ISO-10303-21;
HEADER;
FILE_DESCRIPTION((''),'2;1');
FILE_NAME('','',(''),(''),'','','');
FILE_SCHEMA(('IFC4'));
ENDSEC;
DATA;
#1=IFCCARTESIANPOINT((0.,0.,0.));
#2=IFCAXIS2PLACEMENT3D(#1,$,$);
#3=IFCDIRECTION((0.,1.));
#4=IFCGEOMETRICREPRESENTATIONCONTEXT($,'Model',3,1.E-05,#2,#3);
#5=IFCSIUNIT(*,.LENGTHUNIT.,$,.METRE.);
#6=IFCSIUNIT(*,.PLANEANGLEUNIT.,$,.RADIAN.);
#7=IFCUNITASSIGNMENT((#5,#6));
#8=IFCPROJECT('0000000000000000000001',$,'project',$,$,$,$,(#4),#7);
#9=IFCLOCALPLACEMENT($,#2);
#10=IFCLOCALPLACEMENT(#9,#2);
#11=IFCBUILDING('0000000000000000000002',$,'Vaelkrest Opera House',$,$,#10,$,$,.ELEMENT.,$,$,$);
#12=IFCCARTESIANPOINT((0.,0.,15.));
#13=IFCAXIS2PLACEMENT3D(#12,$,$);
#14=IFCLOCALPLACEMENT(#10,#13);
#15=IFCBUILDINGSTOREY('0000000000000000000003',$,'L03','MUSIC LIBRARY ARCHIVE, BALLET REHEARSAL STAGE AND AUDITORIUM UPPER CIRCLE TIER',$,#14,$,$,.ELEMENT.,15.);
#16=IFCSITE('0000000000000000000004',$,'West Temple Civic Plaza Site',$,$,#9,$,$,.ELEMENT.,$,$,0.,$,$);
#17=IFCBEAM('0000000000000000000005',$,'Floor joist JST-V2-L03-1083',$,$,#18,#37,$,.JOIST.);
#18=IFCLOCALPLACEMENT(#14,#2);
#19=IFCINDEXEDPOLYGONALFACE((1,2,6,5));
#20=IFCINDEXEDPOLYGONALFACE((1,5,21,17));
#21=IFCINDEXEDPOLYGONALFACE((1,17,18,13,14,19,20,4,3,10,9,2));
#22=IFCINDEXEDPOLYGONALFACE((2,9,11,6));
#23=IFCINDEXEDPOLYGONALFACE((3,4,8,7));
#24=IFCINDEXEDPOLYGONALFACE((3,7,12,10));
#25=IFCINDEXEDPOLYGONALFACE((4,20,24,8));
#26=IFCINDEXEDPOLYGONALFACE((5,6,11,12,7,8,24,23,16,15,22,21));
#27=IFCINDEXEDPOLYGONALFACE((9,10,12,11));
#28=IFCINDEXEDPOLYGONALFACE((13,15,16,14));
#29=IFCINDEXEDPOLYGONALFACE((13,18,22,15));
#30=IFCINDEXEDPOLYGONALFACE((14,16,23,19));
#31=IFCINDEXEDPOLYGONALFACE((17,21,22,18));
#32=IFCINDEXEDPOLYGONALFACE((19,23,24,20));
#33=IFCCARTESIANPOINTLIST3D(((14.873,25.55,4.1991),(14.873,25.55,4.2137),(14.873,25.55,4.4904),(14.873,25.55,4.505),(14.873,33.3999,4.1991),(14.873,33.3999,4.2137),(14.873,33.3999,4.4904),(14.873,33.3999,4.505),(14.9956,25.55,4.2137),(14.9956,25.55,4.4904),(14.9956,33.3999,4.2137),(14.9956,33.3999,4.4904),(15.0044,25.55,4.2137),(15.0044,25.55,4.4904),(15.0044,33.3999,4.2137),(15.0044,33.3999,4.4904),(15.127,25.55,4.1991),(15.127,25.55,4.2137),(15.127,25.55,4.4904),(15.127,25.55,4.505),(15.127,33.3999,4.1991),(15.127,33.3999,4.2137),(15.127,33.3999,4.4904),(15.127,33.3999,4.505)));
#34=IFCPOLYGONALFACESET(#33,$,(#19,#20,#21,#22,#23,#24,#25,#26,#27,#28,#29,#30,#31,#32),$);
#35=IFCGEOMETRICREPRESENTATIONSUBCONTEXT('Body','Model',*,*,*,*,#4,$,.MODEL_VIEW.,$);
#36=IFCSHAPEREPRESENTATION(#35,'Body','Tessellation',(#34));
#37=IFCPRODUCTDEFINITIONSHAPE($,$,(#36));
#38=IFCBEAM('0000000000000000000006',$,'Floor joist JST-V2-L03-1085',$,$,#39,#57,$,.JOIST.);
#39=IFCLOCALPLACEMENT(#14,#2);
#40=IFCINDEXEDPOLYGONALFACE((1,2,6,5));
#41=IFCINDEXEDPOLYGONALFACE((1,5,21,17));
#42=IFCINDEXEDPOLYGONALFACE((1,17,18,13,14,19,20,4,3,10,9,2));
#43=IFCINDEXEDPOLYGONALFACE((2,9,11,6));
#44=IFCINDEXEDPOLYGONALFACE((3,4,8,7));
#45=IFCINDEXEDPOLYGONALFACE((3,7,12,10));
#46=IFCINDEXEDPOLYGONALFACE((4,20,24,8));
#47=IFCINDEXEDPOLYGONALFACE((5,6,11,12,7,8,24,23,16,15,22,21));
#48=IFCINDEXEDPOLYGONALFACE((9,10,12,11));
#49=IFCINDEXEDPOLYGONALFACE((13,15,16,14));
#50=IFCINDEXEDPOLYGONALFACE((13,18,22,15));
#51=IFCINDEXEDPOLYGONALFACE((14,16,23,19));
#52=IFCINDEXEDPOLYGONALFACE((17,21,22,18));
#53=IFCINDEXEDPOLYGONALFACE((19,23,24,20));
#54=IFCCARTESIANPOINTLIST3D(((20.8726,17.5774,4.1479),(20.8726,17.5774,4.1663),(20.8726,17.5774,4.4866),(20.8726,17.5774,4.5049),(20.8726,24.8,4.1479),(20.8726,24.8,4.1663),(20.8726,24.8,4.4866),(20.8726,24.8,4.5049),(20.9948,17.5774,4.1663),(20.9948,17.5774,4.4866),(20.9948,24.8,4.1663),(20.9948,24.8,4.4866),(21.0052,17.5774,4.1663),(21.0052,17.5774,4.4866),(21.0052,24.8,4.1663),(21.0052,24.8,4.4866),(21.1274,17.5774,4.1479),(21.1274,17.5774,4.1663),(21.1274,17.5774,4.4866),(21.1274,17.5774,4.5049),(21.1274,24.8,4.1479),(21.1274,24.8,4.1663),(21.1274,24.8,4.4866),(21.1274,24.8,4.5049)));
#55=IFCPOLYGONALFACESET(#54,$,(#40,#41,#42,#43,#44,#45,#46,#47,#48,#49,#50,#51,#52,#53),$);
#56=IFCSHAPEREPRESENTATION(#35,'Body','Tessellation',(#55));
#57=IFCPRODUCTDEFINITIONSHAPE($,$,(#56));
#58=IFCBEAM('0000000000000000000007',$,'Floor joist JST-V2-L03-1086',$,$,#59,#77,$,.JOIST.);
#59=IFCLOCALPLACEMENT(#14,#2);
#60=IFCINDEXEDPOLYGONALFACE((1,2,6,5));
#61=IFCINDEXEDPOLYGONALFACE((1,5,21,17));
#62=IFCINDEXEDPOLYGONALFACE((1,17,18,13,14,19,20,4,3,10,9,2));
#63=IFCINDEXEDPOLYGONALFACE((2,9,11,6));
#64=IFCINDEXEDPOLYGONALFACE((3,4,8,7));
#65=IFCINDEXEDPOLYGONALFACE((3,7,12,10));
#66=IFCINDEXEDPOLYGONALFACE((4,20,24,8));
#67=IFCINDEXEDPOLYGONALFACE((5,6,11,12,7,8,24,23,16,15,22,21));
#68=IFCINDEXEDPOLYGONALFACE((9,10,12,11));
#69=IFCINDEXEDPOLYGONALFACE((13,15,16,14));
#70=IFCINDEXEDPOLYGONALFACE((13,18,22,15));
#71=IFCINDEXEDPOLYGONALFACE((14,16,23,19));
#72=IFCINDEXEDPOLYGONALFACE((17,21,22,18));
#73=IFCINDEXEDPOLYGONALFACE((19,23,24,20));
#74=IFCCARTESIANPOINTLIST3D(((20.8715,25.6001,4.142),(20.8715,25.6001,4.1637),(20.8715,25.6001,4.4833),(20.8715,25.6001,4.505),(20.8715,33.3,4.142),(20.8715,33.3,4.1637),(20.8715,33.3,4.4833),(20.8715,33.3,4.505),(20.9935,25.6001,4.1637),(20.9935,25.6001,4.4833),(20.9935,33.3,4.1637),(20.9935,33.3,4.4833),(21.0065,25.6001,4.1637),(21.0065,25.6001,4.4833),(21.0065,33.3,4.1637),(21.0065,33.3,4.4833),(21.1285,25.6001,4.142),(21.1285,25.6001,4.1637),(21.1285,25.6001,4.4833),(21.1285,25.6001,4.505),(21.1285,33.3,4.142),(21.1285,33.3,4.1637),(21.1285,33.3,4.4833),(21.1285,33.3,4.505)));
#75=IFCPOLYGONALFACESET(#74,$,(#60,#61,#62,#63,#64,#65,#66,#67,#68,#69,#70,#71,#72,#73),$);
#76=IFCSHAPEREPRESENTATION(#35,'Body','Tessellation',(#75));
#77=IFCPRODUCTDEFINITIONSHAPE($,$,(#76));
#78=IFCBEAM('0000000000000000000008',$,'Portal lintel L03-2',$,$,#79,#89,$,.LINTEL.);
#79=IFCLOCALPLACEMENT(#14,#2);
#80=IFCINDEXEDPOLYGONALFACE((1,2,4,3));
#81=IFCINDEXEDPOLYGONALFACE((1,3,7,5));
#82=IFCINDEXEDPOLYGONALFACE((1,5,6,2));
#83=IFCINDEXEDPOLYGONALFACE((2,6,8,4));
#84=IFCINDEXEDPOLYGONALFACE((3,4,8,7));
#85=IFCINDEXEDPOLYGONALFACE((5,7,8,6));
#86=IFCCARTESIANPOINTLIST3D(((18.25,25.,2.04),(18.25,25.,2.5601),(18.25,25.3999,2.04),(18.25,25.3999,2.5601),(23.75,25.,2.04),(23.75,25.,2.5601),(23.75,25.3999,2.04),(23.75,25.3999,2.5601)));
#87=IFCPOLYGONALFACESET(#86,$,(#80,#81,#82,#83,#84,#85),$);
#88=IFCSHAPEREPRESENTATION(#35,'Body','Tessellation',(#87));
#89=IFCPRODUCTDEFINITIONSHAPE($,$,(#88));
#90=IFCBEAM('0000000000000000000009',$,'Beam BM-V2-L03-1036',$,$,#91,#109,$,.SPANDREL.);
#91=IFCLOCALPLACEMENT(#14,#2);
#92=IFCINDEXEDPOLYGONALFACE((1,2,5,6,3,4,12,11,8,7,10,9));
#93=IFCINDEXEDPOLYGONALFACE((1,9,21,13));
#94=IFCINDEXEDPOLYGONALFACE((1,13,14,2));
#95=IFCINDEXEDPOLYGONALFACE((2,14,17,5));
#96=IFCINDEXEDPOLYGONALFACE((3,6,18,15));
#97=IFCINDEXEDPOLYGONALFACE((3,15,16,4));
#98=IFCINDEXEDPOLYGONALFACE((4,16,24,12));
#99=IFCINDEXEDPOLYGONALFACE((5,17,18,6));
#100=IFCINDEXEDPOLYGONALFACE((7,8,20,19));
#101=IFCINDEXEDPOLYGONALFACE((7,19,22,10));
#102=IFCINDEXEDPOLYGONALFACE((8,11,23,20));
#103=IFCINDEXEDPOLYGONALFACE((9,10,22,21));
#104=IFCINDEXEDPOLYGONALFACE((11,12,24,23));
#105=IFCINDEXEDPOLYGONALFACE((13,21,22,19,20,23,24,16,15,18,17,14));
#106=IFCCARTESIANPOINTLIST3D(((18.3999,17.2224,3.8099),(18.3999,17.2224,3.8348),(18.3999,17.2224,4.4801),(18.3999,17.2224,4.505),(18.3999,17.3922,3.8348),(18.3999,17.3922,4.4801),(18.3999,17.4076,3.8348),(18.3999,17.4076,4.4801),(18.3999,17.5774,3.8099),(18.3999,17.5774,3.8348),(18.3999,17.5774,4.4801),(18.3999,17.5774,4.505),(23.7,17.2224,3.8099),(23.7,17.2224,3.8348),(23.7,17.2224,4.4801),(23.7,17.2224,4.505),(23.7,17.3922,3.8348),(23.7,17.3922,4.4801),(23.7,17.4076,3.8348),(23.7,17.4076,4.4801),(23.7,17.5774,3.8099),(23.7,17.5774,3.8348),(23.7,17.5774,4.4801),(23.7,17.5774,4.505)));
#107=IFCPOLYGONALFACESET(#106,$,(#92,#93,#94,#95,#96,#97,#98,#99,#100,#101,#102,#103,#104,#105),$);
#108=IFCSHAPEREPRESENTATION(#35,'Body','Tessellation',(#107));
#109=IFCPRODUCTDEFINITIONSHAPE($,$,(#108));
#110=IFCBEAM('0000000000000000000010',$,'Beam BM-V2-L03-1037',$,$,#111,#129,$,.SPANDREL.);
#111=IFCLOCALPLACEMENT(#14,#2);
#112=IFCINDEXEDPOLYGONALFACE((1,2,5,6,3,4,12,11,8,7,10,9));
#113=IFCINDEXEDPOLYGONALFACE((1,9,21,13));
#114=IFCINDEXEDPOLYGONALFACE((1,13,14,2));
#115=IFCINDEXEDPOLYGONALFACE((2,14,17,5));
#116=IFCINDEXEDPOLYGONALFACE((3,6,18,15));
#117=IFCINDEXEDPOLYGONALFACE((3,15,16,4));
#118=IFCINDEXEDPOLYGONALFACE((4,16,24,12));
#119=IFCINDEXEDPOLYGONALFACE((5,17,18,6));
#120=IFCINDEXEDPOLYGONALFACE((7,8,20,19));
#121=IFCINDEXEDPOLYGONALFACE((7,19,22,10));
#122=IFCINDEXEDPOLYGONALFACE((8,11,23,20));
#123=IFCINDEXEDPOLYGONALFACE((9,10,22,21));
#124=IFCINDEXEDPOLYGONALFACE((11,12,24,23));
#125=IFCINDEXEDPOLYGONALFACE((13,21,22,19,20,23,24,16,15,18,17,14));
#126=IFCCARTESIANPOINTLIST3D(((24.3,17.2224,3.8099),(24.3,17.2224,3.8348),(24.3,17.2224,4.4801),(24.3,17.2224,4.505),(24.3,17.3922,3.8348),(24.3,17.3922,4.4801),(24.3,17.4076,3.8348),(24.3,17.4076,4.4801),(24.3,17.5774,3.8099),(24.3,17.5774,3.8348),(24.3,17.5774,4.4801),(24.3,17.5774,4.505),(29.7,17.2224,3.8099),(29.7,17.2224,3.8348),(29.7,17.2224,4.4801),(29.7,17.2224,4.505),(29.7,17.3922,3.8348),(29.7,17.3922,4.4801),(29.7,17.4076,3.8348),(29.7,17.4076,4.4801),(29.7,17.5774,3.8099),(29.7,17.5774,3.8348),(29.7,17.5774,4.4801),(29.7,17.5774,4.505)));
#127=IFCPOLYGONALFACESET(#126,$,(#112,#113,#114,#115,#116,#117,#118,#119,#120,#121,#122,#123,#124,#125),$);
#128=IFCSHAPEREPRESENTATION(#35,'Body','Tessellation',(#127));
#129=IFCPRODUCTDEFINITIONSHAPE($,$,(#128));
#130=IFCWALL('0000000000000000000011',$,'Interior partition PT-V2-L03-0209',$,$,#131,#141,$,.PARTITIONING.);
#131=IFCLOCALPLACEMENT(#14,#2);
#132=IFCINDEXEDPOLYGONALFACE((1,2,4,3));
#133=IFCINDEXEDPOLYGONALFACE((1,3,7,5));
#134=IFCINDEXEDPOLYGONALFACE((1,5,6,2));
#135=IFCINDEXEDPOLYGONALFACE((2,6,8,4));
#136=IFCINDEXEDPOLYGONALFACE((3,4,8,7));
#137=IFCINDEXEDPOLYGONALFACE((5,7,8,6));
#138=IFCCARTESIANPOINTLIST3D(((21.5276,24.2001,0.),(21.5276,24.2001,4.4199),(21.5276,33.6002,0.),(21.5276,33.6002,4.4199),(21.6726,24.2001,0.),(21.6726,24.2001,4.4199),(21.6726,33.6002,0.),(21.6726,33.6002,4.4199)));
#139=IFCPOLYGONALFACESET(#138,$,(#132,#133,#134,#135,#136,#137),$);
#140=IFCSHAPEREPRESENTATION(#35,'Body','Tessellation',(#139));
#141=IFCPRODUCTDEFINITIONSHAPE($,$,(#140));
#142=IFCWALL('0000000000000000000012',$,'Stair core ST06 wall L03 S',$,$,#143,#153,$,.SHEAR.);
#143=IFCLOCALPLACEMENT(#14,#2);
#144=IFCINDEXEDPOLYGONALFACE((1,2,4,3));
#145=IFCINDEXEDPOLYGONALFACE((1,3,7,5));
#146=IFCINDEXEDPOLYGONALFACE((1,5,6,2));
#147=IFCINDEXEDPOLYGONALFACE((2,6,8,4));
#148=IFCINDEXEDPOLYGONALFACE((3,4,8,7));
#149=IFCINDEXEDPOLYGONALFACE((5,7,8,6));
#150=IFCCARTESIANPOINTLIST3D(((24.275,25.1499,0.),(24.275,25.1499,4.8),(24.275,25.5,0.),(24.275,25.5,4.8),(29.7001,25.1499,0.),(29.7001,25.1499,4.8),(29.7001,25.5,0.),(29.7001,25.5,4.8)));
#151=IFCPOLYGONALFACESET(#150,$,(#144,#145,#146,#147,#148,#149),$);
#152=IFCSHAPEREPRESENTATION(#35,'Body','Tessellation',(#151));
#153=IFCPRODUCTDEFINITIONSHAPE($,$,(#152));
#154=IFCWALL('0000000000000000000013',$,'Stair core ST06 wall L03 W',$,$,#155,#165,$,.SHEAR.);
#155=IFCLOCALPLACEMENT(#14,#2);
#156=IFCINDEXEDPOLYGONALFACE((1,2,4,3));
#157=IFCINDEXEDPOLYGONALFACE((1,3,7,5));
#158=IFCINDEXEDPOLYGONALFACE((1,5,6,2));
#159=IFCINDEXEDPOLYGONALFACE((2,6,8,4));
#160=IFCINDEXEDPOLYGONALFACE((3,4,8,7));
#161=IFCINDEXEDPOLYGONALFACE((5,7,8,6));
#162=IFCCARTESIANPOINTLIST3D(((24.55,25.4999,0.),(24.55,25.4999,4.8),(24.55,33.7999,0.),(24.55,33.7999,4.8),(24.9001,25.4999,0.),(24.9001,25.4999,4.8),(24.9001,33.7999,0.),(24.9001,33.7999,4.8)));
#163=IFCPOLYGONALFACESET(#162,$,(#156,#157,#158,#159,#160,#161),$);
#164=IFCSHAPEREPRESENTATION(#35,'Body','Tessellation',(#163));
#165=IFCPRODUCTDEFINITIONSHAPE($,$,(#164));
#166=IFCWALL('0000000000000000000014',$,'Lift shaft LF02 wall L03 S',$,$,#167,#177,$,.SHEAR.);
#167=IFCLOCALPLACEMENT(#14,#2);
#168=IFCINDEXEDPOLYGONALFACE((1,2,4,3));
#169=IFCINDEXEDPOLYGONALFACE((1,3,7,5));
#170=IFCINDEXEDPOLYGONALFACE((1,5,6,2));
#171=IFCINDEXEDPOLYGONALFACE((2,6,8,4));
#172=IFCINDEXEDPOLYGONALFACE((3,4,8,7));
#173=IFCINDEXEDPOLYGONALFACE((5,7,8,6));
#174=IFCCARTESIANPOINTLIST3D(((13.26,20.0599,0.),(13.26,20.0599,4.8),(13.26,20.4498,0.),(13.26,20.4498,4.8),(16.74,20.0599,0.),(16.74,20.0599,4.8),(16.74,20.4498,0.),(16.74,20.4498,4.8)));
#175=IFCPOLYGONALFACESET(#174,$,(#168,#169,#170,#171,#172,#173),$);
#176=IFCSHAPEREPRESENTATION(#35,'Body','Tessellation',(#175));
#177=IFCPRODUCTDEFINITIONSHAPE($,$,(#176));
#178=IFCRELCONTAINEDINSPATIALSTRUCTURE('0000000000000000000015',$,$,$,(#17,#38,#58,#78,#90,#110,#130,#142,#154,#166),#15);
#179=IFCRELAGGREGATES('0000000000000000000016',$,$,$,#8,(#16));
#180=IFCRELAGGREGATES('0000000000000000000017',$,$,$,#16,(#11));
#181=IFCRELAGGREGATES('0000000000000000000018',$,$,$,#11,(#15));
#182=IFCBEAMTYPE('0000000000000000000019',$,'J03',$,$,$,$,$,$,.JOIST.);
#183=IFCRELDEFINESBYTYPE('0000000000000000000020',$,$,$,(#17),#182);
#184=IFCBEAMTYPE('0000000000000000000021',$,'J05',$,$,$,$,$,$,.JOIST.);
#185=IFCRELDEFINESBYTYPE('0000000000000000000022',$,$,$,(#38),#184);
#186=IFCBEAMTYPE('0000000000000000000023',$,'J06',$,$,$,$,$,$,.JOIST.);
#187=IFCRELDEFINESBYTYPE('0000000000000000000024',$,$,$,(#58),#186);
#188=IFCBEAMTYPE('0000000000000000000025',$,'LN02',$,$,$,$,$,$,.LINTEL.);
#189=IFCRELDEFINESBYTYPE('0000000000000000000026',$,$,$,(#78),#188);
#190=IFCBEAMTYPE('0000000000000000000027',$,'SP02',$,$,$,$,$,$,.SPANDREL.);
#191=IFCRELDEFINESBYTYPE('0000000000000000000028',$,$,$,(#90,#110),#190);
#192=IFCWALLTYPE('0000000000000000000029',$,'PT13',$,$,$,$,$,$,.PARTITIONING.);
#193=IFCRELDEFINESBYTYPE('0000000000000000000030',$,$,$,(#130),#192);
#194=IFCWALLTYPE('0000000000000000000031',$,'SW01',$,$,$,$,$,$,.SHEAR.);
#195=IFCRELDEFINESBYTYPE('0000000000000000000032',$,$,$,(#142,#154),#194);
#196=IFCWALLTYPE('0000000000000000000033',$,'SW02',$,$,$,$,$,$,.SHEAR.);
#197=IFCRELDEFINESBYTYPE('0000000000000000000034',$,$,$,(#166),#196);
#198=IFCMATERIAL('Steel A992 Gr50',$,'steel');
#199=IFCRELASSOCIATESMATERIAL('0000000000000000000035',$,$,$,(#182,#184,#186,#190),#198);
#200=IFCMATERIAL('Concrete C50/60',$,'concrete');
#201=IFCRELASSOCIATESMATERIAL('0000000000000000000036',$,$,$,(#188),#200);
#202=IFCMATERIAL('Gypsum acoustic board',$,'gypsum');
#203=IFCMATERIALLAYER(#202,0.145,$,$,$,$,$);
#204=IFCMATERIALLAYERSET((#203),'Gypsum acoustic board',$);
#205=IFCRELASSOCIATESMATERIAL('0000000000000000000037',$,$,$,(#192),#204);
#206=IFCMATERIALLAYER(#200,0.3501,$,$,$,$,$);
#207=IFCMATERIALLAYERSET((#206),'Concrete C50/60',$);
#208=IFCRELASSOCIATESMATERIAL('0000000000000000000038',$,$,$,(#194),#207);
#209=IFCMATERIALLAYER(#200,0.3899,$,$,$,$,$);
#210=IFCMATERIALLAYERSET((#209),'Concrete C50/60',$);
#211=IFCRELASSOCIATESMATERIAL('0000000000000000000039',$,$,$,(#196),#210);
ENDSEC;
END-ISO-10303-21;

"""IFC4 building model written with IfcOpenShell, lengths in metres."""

from ifc_helpers import new_model, si_unit, direction, frame, frame_2d, origin, origin_2d, place, context, subcontext, project, spatial, rectangle, i_section, extrude, material, layer, layer_set, material_profile, profile_set, type_object, element, save


model = new_model("IFC4")

# Units and contexts
model_context = context("Model", 3, precision=1e-05, world=origin(), true_north=direction((0.0, 1.0)))
body_context = subcontext(model_context, "Body", "Model", "MODEL_VIEW")
ifc_project = project(units=[si_unit("LENGTHUNIT", "METRE"), si_unit("PLANEANGLEUNIT", "RADIAN")], contexts=[model_context])

# Site, building, storey
site_placement = place(None, origin())
site = spatial("IfcSite", under=ifc_project, at=site_placement, Name="West Temple Civic Plaza Site", CompositionType="ELEMENT", RefElevation=0.0)
building_placement = place(site_placement, origin())
building = spatial("IfcBuilding", under=site, at=building_placement, Name="Vaelkrest Opera House", CompositionType="ELEMENT")
storey_placement = place(building_placement, frame((0.0, 0.0, 15.0)))
storey = spatial("IfcBuildingStorey", under=building, at=storey_placement, Name="L03", Description="MUSIC LIBRARY ARCHIVE, BALLET REHEARSAL STAGE AND AUDITORIUM UPPER CIRCLE TIER", CompositionType="ELEMENT", Elevation=15.0)

# Shared definitions
ifc_material_1 = material(Name="Concrete C50/60", Category="concrete")

# Beams
ifc_material_2 = material(Name="Steel A992 Gr50", Category="steel")
ifc_material_profile_1 = material_profile(ifc_material_2, i_section(OverallWidth=0.2539, OverallDepth=0.3059, WebThickness=0.0088, FlangeThickness=0.0146, at=origin_2d()), Name="W12X53")
ifc_profile_set_1 = profile_set([ifc_material_profile_1], Name="Steel A992 Gr50")
beam_type_1 = type_object("IfcBeamType", Name="J03", PredefinedType="JOIST", material=ifc_profile_set_1)
beam_1_placement = place(storey_placement, frame((15.0, 25.55, 4.3521), z_axis=(0.0, 1.0, 0.0), x_axis=(-1.0, 0.0, 0.0)))
element("IfcBeam", 1, at=beam_1_placement, inside=storey, type_object=beam_type_1, Name="Floor joist JST-V2-L03-1083", PredefinedType="JOIST", context=body_context, shape_type="SweptSolid", body=[
    extrude(i_section(OverallWidth=0.2539, OverallDepth=0.3059, WebThickness=0.0088, FlangeThickness=0.0146, at=origin_2d()), origin(), (0.0, 0.0, 1.0), 7.8499),
])
ifc_material_profile_2 = material_profile(ifc_material_2, i_section(OverallWidth=0.2549, OverallDepth=0.3569, WebThickness=0.0105, FlangeThickness=0.0183, at=origin_2d()), Name="W14X68")
ifc_profile_set_2 = profile_set([ifc_material_profile_2], Name="Steel A992 Gr50")
beam_type_2 = type_object("IfcBeamType", Name="J05", PredefinedType="JOIST", material=ifc_profile_set_2)
beam_2_placement = place(storey_placement, frame((21.0, 17.5774, 4.3264), z_axis=(0.0, 1.0, 0.0), x_axis=(-1.0, 0.0, 0.0)))
element("IfcBeam", 2, at=beam_2_placement, inside=storey, type_object=beam_type_2, Name="Floor joist JST-V2-L03-1085", PredefinedType="JOIST", context=body_context, shape_type="SweptSolid", body=[
    extrude(i_section(OverallWidth=0.2549, OverallDepth=0.3569, WebThickness=0.0105, FlangeThickness=0.0183, at=origin_2d()), origin(), (0.0, 0.0, 1.0), 7.2227),
])
ifc_material_profile_3 = material_profile(ifc_material_2, i_section(OverallWidth=0.2571, OverallDepth=0.363, WebThickness=0.0129, FlangeThickness=0.0217, at=origin_2d()), Name="W14X82")
ifc_profile_set_3 = profile_set([ifc_material_profile_3], Name="Steel A992 Gr50")
beam_type_3 = type_object("IfcBeamType", Name="J06", PredefinedType="JOIST", material=ifc_profile_set_3)
beam_3_placement = place(storey_placement, frame((21.0, 25.6001, 4.3235), z_axis=(0.0, 1.0, 0.0), x_axis=(-1.0, 0.0, 0.0)))
element("IfcBeam", 3, at=beam_3_placement, inside=storey, type_object=beam_type_3, Name="Floor joist JST-V2-L03-1086", PredefinedType="JOIST", context=body_context, shape_type="SweptSolid", body=[
    extrude(i_section(OverallWidth=0.2571, OverallDepth=0.363, WebThickness=0.0129, FlangeThickness=0.0217, at=origin_2d()), origin(), (0.0, 0.0, 1.0), 7.7),
])
ifc_material_profile_4 = material_profile(ifc_material_1, rectangle(XDim=0.3999, YDim=0.52, at=origin_2d()), Name="RCB400X520")
ifc_profile_set_4 = profile_set([ifc_material_profile_4], Name="Concrete C50/60")
beam_type_4 = type_object("IfcBeamType", Name="LN02", PredefinedType="LINTEL", material=ifc_profile_set_4)
beam_4_placement = place(storey_placement, frame((18.25, 25.2, 2.3), z_axis=(1.0, 0.0, 0.0), x_axis=(0.0, 1.0, 0.0)))
element("IfcBeam", 4, at=beam_4_placement, inside=storey, type_object=beam_type_4, Name="Portal lintel L03-2", PredefinedType="LINTEL", context=body_context, shape_type="SweptSolid", body=[
    extrude(rectangle(XDim=0.3999, YDim=0.52, at=origin_2d()), origin(), (0.0, 0.0, 1.0), 5.5),
])
ifc_material_profile_5 = material_profile(ifc_material_2, i_section(OverallWidth=0.355, OverallDepth=0.6951, WebThickness=0.0154, FlangeThickness=0.0249, at=origin_2d()), Name="W27X146")
ifc_profile_set_5 = profile_set([ifc_material_profile_5], Name="Steel A992 Gr50")
beam_type_5 = type_object("IfcBeamType", Name="SP02", PredefinedType="SPANDREL", material=ifc_profile_set_5)
beam_5_placement = place(storey_placement, frame((18.3999, 17.3999, 4.1575), z_axis=(1.0, 0.0, 0.0), x_axis=(0.0, 1.0, 0.0)))
element("IfcBeam", 5, at=beam_5_placement, inside=storey, type_object=beam_type_5, Name="Beam BM-V2-L03-1036", PredefinedType="SPANDREL", context=body_context, shape_type="SweptSolid", body=[
    extrude(i_section(OverallWidth=0.355, OverallDepth=0.6951, WebThickness=0.0154, FlangeThickness=0.0249, at=origin_2d()), origin(), (0.0, 0.0, 1.0), 5.3),
])
beam_6_placement = place(storey_placement, frame((24.3, 17.3999, 4.1575), z_axis=(1.0, 0.0, 0.0), x_axis=(0.0, 1.0, 0.0)))
element("IfcBeam", 6, at=beam_6_placement, inside=storey, type_object=beam_type_5, Name="Beam BM-V2-L03-1037", PredefinedType="SPANDREL", context=body_context, shape_type="SweptSolid", body=[
    extrude(i_section(OverallWidth=0.355, OverallDepth=0.6951, WebThickness=0.0154, FlangeThickness=0.0249, at=origin_2d()), origin(), (0.0, 0.0, 1.0), 5.3999),
])

# Walls
ifc_material_3 = material(Name="Gypsum acoustic board", Category="gypsum")
ifc_layer_1 = layer(ifc_material_3, 0.145)
ifc_layer_set_1 = layer_set([ifc_layer_1], Name="Gypsum acoustic board")
wall_type_1 = type_object("IfcWallType", Name="PT13", PredefinedType="PARTITIONING", material=ifc_layer_set_1)
wall_1_placement = place(storey_placement, frame((21.6001, 24.2, 0.0), z_axis=(0.0, 0.0, 1.0), x_axis=(0.0, 1.0, 0.0)))
element("IfcWall", 7, at=wall_1_placement, inside=storey, type_object=wall_type_1, Name="Interior partition PT-V2-L03-0209", PredefinedType="PARTITIONING", context=body_context, shape_type="SweptSolid", body=[
    extrude(rectangle(XDim=9.4001, YDim=0.145, at=frame_2d((4.7002, 0.0))), origin(), (0.0, 0.0, 1.0), 4.4199),
])
ifc_layer_2 = layer(ifc_material_1, 0.3501)
ifc_layer_set_2 = layer_set([ifc_layer_2], Name="Concrete C50/60")
wall_type_2 = type_object("IfcWallType", Name="SW01", PredefinedType="SHEAR", material=ifc_layer_set_2)
wall_2_placement = place(storey_placement, frame((29.7, 25.325, 0.0), z_axis=(0.0, 0.0, 1.0), x_axis=(-1.0, 0.0, 0.0)))
element("IfcWall", 8, at=wall_2_placement, inside=storey, type_object=wall_type_2, Name="Stair core ST06 wall L03 S", PredefinedType="SHEAR", context=body_context, shape_type="SweptSolid", body=[
    extrude(rectangle(XDim=5.425, YDim=0.3501, at=frame_2d((2.7124, 0.0))), origin(), (0.0, 0.0, 1.0), 4.8),
])
wall_3_placement = place(storey_placement, frame((24.7251, 25.5, 0.0), z_axis=(0.0, 0.0, 1.0), x_axis=(0.0, 1.0, 0.0)))
element("IfcWall", 9, at=wall_3_placement, inside=storey, type_object=wall_type_2, Name="Stair core ST06 wall L03 W", PredefinedType="SHEAR", context=body_context, shape_type="SweptSolid", body=[
    extrude(rectangle(XDim=8.3, YDim=0.3501, at=frame_2d((4.1499, 0.0))), origin(), (0.0, 0.0, 1.0), 4.8),
])
ifc_layer_3 = layer(ifc_material_1, 0.3899)
ifc_layer_set_3 = layer_set([ifc_layer_3], Name="Concrete C50/60")
wall_type_3 = type_object("IfcWallType", Name="SW02", PredefinedType="SHEAR", material=ifc_layer_set_3)
wall_4_placement = place(storey_placement, frame((16.74, 20.2549, 0.0), z_axis=(0.0, 0.0, 1.0), x_axis=(-1.0, 0.0, 0.0)))
element("IfcWall", 10, at=wall_4_placement, inside=storey, type_object=wall_type_3, Name="Lift shaft LF02 wall L03 S", PredefinedType="SHEAR", context=body_context, shape_type="SweptSolid", body=[
    extrude(rectangle(XDim=3.48, YDim=0.3899, at=frame_2d((1.74, 0.0))), origin(), (0.0, 0.0, 1.0), 4.8),
])

save(model, "model.ifc")
